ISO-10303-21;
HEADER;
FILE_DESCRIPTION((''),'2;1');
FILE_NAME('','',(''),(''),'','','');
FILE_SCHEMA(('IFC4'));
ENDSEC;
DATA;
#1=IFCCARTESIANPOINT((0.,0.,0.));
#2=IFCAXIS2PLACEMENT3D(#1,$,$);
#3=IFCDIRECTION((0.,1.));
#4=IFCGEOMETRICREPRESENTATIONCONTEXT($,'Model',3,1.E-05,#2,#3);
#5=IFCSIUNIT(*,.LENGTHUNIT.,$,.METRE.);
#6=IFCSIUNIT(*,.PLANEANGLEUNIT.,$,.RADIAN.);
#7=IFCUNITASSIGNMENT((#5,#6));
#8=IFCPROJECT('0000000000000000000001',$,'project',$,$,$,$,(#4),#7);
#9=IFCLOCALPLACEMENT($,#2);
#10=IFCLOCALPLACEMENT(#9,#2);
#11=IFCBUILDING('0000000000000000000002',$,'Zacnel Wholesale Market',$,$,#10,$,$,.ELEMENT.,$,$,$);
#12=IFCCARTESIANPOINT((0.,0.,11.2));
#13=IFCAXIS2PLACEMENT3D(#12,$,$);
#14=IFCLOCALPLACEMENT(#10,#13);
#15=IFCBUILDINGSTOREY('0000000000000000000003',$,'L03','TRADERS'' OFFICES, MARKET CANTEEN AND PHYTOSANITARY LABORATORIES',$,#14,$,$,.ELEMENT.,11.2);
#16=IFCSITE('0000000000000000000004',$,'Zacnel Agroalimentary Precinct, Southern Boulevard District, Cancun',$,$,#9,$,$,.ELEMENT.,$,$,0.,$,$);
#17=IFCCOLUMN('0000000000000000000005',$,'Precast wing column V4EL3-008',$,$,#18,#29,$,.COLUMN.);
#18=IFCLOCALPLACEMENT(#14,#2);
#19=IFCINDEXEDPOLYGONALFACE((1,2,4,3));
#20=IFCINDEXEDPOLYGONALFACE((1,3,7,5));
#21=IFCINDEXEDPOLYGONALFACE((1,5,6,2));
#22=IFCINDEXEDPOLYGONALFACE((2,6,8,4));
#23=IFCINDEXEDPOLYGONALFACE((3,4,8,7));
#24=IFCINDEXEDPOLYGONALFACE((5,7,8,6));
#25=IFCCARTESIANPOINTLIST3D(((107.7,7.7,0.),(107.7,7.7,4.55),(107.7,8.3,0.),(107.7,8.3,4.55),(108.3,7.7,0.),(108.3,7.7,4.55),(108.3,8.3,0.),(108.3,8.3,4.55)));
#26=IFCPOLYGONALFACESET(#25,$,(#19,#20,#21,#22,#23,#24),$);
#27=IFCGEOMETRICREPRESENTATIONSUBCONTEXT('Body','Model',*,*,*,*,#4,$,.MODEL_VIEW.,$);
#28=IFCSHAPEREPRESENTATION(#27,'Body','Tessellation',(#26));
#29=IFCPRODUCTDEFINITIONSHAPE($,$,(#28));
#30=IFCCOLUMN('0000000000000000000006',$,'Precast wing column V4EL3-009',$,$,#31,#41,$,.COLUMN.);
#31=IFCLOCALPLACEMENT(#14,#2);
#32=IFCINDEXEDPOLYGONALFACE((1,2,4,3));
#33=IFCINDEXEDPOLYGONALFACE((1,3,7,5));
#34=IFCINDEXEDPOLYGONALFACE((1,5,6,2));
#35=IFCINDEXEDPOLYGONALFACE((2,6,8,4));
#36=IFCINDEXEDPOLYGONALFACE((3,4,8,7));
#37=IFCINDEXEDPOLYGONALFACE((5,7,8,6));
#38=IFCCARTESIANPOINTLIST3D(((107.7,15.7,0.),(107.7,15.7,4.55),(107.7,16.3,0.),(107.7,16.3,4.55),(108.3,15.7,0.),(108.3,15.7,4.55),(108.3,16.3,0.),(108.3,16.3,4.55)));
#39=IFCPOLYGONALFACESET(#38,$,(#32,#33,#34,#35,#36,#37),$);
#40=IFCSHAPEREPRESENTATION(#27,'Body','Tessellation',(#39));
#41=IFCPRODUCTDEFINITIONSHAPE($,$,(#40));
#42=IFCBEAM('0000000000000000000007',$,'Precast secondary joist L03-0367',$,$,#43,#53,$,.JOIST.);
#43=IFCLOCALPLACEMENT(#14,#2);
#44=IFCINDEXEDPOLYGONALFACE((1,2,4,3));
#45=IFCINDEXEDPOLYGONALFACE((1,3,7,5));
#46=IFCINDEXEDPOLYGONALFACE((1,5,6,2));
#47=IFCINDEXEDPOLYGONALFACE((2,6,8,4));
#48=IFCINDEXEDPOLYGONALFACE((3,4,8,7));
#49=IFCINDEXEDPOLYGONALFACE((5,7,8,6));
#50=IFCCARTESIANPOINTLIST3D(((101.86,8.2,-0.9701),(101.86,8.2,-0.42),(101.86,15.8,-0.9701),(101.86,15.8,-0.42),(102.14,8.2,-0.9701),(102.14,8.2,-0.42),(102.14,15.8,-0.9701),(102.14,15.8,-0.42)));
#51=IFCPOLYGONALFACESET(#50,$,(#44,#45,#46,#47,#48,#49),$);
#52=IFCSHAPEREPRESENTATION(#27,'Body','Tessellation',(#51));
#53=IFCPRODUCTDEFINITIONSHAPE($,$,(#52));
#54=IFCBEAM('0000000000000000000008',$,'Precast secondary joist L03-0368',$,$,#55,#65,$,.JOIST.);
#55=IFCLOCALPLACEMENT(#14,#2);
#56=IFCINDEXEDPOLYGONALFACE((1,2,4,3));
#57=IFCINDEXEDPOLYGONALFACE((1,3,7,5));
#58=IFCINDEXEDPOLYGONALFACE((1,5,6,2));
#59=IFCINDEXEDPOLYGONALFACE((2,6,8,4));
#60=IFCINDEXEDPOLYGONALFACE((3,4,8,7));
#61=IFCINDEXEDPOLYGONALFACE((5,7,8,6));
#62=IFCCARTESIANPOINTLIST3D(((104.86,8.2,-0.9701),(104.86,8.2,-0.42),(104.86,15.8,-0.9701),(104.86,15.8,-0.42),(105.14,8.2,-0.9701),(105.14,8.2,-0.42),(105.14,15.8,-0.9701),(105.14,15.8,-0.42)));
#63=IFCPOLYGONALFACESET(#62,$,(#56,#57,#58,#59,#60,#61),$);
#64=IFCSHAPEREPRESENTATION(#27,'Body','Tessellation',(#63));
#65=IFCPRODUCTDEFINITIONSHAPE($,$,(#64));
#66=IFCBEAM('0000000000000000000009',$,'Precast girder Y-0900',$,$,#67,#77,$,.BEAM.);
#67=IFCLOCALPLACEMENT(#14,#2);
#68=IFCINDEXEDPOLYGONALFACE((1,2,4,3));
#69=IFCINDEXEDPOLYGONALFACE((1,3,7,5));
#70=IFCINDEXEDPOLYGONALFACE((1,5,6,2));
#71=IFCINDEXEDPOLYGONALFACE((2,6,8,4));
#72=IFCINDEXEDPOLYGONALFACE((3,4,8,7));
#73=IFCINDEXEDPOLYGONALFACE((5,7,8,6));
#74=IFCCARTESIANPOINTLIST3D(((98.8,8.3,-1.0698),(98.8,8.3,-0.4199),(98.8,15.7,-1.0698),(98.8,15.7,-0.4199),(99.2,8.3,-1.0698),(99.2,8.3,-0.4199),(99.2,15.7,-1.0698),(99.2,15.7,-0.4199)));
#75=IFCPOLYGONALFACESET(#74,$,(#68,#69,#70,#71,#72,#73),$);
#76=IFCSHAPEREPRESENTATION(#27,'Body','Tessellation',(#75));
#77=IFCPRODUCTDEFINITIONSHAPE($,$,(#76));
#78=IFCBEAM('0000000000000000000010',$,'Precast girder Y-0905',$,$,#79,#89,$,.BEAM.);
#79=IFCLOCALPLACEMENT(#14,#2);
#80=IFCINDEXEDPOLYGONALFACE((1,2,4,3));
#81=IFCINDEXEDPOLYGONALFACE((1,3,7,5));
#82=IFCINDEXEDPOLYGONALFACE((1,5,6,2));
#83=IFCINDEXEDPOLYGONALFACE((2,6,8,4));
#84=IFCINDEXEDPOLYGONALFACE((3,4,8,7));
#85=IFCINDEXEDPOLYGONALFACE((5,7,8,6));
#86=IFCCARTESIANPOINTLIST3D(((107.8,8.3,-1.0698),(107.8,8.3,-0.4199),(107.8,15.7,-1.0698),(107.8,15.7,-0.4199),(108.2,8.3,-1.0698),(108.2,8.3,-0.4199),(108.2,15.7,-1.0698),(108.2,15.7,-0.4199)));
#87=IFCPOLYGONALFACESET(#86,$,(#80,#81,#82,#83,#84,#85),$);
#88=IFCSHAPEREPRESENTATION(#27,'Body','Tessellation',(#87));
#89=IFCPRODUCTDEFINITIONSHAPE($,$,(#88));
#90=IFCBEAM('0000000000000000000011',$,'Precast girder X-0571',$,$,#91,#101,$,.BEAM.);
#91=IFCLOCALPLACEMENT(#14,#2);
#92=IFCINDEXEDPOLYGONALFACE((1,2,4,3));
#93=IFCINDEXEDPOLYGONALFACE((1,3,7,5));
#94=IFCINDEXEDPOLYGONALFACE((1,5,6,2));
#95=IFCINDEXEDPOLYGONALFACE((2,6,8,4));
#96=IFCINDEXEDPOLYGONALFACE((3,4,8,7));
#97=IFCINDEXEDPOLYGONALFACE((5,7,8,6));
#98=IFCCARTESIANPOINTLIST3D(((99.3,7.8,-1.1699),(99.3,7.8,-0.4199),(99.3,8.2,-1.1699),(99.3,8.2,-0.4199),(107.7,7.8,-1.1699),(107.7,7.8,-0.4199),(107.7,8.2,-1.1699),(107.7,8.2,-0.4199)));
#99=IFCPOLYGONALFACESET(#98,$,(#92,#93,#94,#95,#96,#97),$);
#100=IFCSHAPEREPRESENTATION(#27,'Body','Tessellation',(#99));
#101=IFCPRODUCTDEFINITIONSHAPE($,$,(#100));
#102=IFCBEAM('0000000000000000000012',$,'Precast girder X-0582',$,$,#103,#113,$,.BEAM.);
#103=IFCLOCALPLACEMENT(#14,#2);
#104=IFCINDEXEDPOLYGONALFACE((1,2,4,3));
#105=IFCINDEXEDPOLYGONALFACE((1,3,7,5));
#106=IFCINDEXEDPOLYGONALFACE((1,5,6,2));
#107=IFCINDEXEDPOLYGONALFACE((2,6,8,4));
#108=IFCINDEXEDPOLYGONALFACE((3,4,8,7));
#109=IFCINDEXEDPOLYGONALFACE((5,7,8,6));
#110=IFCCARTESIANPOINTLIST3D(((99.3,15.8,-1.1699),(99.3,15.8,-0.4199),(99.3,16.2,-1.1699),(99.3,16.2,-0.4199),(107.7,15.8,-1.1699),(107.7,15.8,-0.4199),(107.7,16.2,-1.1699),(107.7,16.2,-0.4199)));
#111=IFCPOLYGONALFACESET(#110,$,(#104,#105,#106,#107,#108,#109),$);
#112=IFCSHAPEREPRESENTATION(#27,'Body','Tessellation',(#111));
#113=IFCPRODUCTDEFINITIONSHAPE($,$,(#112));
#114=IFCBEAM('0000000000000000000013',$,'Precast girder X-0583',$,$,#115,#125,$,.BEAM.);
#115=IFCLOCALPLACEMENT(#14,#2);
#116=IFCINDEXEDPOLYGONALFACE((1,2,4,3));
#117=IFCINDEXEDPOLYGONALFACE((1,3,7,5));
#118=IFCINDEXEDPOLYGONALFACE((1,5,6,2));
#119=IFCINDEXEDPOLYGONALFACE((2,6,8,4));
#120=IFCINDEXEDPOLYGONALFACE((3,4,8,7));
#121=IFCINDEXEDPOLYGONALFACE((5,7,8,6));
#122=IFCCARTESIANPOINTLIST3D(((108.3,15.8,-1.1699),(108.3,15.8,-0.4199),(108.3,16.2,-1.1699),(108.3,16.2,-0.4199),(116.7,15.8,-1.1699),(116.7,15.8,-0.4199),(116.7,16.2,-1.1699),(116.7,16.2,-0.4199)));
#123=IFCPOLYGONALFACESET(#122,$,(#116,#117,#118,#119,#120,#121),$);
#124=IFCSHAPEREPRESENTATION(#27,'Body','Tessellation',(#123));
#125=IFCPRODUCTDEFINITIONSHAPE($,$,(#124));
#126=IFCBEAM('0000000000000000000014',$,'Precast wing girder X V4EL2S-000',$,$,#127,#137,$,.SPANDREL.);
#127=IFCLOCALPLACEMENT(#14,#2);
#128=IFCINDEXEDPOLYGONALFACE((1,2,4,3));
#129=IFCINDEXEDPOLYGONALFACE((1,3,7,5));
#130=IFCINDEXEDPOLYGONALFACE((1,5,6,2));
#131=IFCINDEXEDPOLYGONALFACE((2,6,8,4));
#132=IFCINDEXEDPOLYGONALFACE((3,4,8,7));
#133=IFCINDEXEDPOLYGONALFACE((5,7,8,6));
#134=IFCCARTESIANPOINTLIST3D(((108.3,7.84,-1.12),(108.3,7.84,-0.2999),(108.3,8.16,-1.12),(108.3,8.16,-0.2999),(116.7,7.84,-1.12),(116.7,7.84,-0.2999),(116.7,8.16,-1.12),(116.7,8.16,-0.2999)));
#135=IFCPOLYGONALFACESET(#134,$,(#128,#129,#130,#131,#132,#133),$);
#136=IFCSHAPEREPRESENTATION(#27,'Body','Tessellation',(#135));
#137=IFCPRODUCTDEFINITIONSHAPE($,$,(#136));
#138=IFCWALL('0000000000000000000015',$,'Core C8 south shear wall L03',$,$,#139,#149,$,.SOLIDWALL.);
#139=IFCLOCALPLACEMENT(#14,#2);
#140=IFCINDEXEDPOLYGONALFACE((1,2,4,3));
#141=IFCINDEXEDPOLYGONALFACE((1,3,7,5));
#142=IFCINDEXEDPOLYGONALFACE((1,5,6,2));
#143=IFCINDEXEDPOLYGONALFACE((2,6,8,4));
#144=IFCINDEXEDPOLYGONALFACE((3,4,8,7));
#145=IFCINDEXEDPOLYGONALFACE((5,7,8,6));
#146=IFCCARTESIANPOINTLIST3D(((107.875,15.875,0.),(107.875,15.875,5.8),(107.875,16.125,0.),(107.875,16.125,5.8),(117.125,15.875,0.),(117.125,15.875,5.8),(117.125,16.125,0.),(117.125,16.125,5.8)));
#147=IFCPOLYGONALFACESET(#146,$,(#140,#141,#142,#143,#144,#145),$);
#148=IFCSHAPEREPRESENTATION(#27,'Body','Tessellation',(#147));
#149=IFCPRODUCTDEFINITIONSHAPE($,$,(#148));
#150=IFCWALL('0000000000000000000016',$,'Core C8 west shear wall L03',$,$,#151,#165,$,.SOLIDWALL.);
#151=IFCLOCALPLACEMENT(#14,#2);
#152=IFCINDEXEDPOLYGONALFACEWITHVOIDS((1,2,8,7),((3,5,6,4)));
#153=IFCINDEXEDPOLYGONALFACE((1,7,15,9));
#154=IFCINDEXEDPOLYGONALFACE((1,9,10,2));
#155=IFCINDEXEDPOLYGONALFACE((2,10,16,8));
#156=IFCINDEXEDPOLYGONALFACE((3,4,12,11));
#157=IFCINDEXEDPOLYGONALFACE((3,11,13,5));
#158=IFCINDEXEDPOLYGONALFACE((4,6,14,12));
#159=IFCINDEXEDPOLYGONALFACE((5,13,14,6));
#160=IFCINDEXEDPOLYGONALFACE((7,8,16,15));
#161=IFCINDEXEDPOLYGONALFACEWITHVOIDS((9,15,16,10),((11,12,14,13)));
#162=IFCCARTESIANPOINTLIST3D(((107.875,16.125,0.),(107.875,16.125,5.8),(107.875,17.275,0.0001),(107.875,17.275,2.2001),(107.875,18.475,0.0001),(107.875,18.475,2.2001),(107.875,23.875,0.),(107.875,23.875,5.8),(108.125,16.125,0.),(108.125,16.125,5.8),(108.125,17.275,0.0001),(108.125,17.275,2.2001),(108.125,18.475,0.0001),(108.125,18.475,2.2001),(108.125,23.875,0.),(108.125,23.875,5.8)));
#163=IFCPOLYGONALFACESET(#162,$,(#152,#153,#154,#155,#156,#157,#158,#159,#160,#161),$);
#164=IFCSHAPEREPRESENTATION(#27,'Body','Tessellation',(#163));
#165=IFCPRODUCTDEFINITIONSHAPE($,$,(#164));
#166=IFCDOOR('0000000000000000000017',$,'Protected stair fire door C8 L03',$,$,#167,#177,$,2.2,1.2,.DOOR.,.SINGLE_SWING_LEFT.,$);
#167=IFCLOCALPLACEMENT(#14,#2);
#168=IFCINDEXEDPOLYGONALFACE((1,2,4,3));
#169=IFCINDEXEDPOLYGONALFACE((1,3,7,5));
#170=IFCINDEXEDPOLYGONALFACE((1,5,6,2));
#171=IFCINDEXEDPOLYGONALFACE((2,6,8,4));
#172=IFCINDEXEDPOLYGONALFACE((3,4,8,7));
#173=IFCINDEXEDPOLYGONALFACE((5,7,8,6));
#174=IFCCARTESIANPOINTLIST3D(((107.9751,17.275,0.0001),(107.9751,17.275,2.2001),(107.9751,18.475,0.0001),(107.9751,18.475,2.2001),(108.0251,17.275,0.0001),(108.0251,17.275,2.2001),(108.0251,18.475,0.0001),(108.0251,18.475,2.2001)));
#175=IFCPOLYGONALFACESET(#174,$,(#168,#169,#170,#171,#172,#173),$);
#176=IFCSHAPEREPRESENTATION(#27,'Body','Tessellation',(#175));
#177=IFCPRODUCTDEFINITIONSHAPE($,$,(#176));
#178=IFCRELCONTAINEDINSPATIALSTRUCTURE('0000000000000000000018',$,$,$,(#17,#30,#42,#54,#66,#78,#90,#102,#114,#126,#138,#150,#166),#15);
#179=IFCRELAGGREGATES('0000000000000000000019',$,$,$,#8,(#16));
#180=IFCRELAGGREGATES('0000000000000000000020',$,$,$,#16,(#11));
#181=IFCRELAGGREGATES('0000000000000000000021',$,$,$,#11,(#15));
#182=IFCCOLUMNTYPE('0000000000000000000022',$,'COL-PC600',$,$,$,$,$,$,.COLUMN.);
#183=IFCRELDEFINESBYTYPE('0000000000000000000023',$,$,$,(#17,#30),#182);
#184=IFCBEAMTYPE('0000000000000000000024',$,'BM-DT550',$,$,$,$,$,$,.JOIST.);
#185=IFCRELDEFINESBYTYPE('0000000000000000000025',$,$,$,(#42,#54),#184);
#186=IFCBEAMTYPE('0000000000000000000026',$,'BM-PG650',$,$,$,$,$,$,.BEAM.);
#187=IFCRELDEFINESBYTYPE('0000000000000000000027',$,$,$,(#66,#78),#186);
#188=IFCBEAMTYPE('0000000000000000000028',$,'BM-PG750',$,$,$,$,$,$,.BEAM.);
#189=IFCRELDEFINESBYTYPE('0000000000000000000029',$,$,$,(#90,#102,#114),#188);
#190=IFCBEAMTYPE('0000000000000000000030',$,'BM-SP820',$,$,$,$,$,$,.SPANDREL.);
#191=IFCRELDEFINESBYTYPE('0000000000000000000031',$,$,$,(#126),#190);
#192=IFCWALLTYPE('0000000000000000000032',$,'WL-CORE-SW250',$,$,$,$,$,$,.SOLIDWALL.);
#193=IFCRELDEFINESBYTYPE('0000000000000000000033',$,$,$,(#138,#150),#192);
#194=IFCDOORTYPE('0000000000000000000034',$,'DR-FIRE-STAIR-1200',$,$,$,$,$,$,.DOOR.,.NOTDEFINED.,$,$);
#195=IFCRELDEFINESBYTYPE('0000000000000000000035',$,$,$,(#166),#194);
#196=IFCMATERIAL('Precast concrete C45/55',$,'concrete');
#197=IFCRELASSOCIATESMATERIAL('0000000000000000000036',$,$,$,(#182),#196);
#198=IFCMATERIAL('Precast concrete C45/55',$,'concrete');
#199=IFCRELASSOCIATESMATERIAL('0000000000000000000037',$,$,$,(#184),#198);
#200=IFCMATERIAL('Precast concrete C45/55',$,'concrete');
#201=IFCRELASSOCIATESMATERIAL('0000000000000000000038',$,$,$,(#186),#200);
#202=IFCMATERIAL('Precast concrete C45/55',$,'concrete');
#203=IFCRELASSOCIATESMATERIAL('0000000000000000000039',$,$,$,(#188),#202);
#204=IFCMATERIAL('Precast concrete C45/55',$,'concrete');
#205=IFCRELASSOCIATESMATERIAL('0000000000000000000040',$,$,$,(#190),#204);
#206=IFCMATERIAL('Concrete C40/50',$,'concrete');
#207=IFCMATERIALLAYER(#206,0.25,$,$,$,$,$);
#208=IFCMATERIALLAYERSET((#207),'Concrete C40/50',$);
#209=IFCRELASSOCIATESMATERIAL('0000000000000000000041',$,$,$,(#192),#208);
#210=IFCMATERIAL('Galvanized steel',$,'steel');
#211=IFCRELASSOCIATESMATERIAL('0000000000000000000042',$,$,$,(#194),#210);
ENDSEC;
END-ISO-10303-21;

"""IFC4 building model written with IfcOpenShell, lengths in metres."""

from ifc_helpers import new_model, si_unit, direction, frame, frame_2d, origin, origin_2d, place, context, subcontext, project, spatial, rectangle, extrude, material, layer, layer_set, material_profile, profile_set, type_object, element, fill, save


model = new_model("IFC4")

# Units and contexts
model_context = context("Model", 3, precision=1e-05, world=origin(), true_north=direction((0.0, 1.0)))
body_context = subcontext(model_context, "Body", "Model", "MODEL_VIEW")
ifc_project = project(units=[si_unit("LENGTHUNIT", "METRE"), si_unit("PLANEANGLEUNIT", "RADIAN")], contexts=[model_context])

# Site, building, storey
site_placement = place(None, origin())
site = spatial("IfcSite", under=ifc_project, at=site_placement, Name="Zacnel Agroalimentary Precinct, Southern Boulevard District, Cancun", CompositionType="ELEMENT", RefElevation=0.0)
building_placement = place(site_placement, origin())
building = spatial("IfcBuilding", under=site, at=building_placement, Name="Zacnel Wholesale Market", CompositionType="ELEMENT")
storey_placement = place(building_placement, frame((0.0, 0.0, 11.2)))
storey = spatial("IfcBuildingStorey", under=building, at=storey_placement, Name="L03", Description="TRADERS' OFFICES, MARKET CANTEEN AND PHYTOSANITARY LABORATORIES", CompositionType="ELEMENT", Elevation=11.2)

# Columns
ifc_material_1 = material(Name="Precast concrete C45/55", Category="concrete")
ifc_material_profile_1 = material_profile(ifc_material_1, rectangle(XDim=0.6001, YDim=0.6001, at=origin_2d()), Name="PC 600x600")
ifc_profile_set_1 = profile_set([ifc_material_profile_1], Name="Precast concrete C45/55")
column_type = type_object("IfcColumnType", Name="COL-PC600", PredefinedType="COLUMN", material=ifc_profile_set_1)
for number, where, z_axis, x_axis, name in (
    (1, (108.0, 8.0, 0.0), (0.0, 0.0, 1.0), (1.0, 0.0, 0.0), "Precast wing column V4EL3-008"),
    (2, (108.0, 16.0, 0.0), (0.0, 0.0, 1.0), (1.0, 0.0, 0.0), "Precast wing column V4EL3-009"),
):
    element("IfcColumn", number, at=place(storey_placement, frame(where, z_axis=z_axis, x_axis=x_axis)), inside=storey, type_object=column_type, Name=name, PredefinedType="COLUMN", context=body_context, shape_type="SweptSolid", body=[
        extrude(rectangle(XDim=0.6001, YDim=0.6001, at=origin_2d()), origin(), (0.0, 0.0, 1.0), 4.55),
    ])

# Beams
ifc_material_2 = material(Name="Precast concrete C45/55", Category="concrete")
ifc_material_profile_2 = material_profile(ifc_material_2, rectangle(XDim=0.28, YDim=0.55, at=origin_2d()), Name="DT RIB 280x550")
ifc_profile_set_2 = profile_set([ifc_material_profile_2], Name="Precast concrete C45/55")
beam_type_1 = type_object("IfcBeamType", Name="BM-DT550", PredefinedType="JOIST", material=ifc_profile_set_2)
for number, where, z_axis, x_axis, name in (
    (3, (102.0, 8.2, -0.6951), (0.0, 1.0, 0.0), (-1.0, 0.0, 0.0), "Precast secondary joist L03-0367"),
    (4, (105.0, 8.2, -0.6951), (0.0, 1.0, 0.0), (-1.0, 0.0, 0.0), "Precast secondary joist L03-0368"),
):
    element("IfcBeam", number, at=place(storey_placement, frame(where, z_axis=z_axis, x_axis=x_axis)), inside=storey, type_object=beam_type_1, Name=name, PredefinedType="JOIST", context=body_context, shape_type="SweptSolid", body=[
        extrude(rectangle(XDim=0.28, YDim=0.55, at=origin_2d()), origin(), (0.0, 0.0, 1.0), 7.6001),
    ])
ifc_material_3 = material(Name="Precast concrete C45/55", Category="concrete")
ifc_material_profile_3 = material_profile(ifc_material_3, rectangle(XDim=0.3999, YDim=0.6499, at=origin_2d()), Name="PG 400x650")
ifc_profile_set_3 = profile_set([ifc_material_profile_3], Name="Precast concrete C45/55")
beam_type_2 = type_object("IfcBeamType", Name="BM-PG650", PredefinedType="BEAM", material=ifc_profile_set_3)
for number, where, z_axis, x_axis, name in (
    (5, (99.0, 8.3, -0.7449), (0.0, 1.0, 0.0), (-1.0, 0.0, 0.0), "Precast girder Y-0900"),
    (6, (108.0, 8.3, -0.7449), (0.0, 1.0, 0.0), (-1.0, 0.0, 0.0), "Precast girder Y-0905"),
):
    element("IfcBeam", number, at=place(storey_placement, frame(where, z_axis=z_axis, x_axis=x_axis)), inside=storey, type_object=beam_type_2, Name=name, PredefinedType="BEAM", context=body_context, shape_type="SweptSolid", body=[
        extrude(rectangle(XDim=0.3999, YDim=0.6499, at=origin_2d()), origin(), (0.0, 0.0, 1.0), 7.3999),
    ])
ifc_material_4 = material(Name="Precast concrete C45/55", Category="concrete")
ifc_material_profile_4 = material_profile(ifc_material_4, rectangle(XDim=0.3999, YDim=0.75, at=origin_2d()), Name="PG 400x750")
ifc_profile_set_4 = profile_set([ifc_material_profile_4], Name="Precast concrete C45/55")
beam_type_3 = type_object("IfcBeamType", Name="BM-PG750", PredefinedType="BEAM", material=ifc_profile_set_4)
for number, where, z_axis, x_axis, name in (
    (7, (99.3, 8.0, -0.7949), (1.0, 0.0, 0.0), (0.0, 1.0, 0.0), "Precast girder X-0571"),
    (8, (99.3, 16.0, -0.7949), (1.0, 0.0, 0.0), (0.0, 1.0, 0.0), "Precast girder X-0582"),
    (9, (108.3, 16.0, -0.7949), (1.0, 0.0, 0.0), (0.0, 1.0, 0.0), "Precast girder X-0583"),
):
    element("IfcBeam", number, at=place(storey_placement, frame(where, z_axis=z_axis, x_axis=x_axis)), inside=storey, type_object=beam_type_3, Name=name, PredefinedType="BEAM", context=body_context, shape_type="SweptSolid", body=[
        extrude(rectangle(XDim=0.3999, YDim=0.75, at=origin_2d()), origin(), (0.0, 0.0, 1.0), 8.3999),
    ])
ifc_material_5 = material(Name="Precast concrete C45/55", Category="concrete")
ifc_material_profile_5 = material_profile(ifc_material_5, rectangle(XDim=0.3201, YDim=0.8201, at=origin_2d()), Name="SP 320x820")
ifc_profile_set_5 = profile_set([ifc_material_profile_5], Name="Precast concrete C45/55")
beam_type_4 = type_object("IfcBeamType", Name="BM-SP820", PredefinedType="SPANDREL", material=ifc_profile_set_5)
beam_placement = place(storey_placement, frame((108.3, 8.0, -0.71), z_axis=(1.0, 0.0, 0.0), x_axis=(0.0, 1.0, 0.0)))
element("IfcBeam", 10, at=beam_placement, inside=storey, type_object=beam_type_4, Name="Precast wing girder X V4EL2S-000", PredefinedType="SPANDREL", context=body_context, shape_type="SweptSolid", body=[
    extrude(rectangle(XDim=0.3201, YDim=0.8201, at=origin_2d()), origin(), (0.0, 0.0, 1.0), 8.3999),
])

# Wall
ifc_material_6 = material(Name="Concrete C40/50", Category="concrete")
ifc_layer_1 = layer(ifc_material_6, 0.25)
ifc_layer_set_1 = layer_set([ifc_layer_1], Name="Concrete C40/50")
wall_type_1 = type_object("IfcWallType", Name="WL-CORE-SW250", PredefinedType="SOLIDWALL", material=ifc_layer_set_1)
wall_1_placement = place(storey_placement, frame((107.875, 16.0, 0.0), z_axis=(0.0, 0.0, 1.0), x_axis=(1.0, 0.0, 0.0)))
element("IfcWall", 11, at=wall_1_placement, inside=storey, type_object=wall_type_1, Name="Core C8 south shear wall L03", PredefinedType="SOLIDWALL", context=body_context, shape_type="SweptSolid", body=[
    extrude(rectangle(XDim=9.25, YDim=0.25, at=frame_2d((4.625, 0.0))), origin(), (0.0, 0.0, 1.0), 5.8),
])

# Wall, opening, door
wall_2_placement = place(storey_placement, frame((108.0, 16.125, 0.0), z_axis=(0.0, 0.0, 1.0), x_axis=(0.0, 1.0, 0.0)))
wall_2 = element("IfcWall", 12, at=wall_2_placement, inside=storey, type_object=wall_type_1, Name="Core C8 west shear wall L03", PredefinedType="SOLIDWALL", context=body_context, shape_type="SweptSolid", body=[
    extrude(rectangle(XDim=7.75, YDim=0.25, at=frame_2d((3.875, 0.0))), origin(), (0.0, 0.0, 1.0), 5.8),
])
opening_1_placement = place(wall_2_placement, frame((1.1499, 0.0, 0.0)))
opening_1 = element("IfcOpeningElement", 13, at=opening_1_placement, cuts=wall_2, PredefinedType="OPENING", context=body_context, shape_type="SweptSolid", body=[
    extrude(rectangle(XDim=1.2, YDim=2.2, at=frame_2d((0.6001, 1.1001))), frame((0.0, 0.135, 0.0), z_axis=(0.0, -1.0, 0.0), x_axis=(1.0, 0.0, 0.0)), (0.0, 0.0, 1.0), 0.27),
])
ifc_material_7 = material(Name="Galvanized steel", Category="steel")
door_type = type_object("IfcDoorType", Name="DR-FIRE-STAIR-1200", OperationType="NOTDEFINED", PredefinedType="DOOR", material=ifc_material_7)
door_placement = place(opening_1_placement, origin())
door = element("IfcDoor", 14, at=door_placement, inside=storey, type_object=door_type, Name="Protected stair fire door C8 L03", OperationType="SINGLE_SWING_LEFT", OverallHeight=2.2, OverallWidth=1.2, PredefinedType="DOOR", context=body_context, shape_type="SweptSolid", body=[
    extrude(rectangle(XDim=1.2, YDim=2.2, at=frame_2d((0.6001, 1.1001))), frame((0.0, 0.0249, 0.0), z_axis=(0.0, -1.0, 0.0), x_axis=(1.0, 0.0, 0.0)), (0.0, 0.0, 1.0), 0.05),
])
fill(opening_1, door)

save(model, "model.ifc")
